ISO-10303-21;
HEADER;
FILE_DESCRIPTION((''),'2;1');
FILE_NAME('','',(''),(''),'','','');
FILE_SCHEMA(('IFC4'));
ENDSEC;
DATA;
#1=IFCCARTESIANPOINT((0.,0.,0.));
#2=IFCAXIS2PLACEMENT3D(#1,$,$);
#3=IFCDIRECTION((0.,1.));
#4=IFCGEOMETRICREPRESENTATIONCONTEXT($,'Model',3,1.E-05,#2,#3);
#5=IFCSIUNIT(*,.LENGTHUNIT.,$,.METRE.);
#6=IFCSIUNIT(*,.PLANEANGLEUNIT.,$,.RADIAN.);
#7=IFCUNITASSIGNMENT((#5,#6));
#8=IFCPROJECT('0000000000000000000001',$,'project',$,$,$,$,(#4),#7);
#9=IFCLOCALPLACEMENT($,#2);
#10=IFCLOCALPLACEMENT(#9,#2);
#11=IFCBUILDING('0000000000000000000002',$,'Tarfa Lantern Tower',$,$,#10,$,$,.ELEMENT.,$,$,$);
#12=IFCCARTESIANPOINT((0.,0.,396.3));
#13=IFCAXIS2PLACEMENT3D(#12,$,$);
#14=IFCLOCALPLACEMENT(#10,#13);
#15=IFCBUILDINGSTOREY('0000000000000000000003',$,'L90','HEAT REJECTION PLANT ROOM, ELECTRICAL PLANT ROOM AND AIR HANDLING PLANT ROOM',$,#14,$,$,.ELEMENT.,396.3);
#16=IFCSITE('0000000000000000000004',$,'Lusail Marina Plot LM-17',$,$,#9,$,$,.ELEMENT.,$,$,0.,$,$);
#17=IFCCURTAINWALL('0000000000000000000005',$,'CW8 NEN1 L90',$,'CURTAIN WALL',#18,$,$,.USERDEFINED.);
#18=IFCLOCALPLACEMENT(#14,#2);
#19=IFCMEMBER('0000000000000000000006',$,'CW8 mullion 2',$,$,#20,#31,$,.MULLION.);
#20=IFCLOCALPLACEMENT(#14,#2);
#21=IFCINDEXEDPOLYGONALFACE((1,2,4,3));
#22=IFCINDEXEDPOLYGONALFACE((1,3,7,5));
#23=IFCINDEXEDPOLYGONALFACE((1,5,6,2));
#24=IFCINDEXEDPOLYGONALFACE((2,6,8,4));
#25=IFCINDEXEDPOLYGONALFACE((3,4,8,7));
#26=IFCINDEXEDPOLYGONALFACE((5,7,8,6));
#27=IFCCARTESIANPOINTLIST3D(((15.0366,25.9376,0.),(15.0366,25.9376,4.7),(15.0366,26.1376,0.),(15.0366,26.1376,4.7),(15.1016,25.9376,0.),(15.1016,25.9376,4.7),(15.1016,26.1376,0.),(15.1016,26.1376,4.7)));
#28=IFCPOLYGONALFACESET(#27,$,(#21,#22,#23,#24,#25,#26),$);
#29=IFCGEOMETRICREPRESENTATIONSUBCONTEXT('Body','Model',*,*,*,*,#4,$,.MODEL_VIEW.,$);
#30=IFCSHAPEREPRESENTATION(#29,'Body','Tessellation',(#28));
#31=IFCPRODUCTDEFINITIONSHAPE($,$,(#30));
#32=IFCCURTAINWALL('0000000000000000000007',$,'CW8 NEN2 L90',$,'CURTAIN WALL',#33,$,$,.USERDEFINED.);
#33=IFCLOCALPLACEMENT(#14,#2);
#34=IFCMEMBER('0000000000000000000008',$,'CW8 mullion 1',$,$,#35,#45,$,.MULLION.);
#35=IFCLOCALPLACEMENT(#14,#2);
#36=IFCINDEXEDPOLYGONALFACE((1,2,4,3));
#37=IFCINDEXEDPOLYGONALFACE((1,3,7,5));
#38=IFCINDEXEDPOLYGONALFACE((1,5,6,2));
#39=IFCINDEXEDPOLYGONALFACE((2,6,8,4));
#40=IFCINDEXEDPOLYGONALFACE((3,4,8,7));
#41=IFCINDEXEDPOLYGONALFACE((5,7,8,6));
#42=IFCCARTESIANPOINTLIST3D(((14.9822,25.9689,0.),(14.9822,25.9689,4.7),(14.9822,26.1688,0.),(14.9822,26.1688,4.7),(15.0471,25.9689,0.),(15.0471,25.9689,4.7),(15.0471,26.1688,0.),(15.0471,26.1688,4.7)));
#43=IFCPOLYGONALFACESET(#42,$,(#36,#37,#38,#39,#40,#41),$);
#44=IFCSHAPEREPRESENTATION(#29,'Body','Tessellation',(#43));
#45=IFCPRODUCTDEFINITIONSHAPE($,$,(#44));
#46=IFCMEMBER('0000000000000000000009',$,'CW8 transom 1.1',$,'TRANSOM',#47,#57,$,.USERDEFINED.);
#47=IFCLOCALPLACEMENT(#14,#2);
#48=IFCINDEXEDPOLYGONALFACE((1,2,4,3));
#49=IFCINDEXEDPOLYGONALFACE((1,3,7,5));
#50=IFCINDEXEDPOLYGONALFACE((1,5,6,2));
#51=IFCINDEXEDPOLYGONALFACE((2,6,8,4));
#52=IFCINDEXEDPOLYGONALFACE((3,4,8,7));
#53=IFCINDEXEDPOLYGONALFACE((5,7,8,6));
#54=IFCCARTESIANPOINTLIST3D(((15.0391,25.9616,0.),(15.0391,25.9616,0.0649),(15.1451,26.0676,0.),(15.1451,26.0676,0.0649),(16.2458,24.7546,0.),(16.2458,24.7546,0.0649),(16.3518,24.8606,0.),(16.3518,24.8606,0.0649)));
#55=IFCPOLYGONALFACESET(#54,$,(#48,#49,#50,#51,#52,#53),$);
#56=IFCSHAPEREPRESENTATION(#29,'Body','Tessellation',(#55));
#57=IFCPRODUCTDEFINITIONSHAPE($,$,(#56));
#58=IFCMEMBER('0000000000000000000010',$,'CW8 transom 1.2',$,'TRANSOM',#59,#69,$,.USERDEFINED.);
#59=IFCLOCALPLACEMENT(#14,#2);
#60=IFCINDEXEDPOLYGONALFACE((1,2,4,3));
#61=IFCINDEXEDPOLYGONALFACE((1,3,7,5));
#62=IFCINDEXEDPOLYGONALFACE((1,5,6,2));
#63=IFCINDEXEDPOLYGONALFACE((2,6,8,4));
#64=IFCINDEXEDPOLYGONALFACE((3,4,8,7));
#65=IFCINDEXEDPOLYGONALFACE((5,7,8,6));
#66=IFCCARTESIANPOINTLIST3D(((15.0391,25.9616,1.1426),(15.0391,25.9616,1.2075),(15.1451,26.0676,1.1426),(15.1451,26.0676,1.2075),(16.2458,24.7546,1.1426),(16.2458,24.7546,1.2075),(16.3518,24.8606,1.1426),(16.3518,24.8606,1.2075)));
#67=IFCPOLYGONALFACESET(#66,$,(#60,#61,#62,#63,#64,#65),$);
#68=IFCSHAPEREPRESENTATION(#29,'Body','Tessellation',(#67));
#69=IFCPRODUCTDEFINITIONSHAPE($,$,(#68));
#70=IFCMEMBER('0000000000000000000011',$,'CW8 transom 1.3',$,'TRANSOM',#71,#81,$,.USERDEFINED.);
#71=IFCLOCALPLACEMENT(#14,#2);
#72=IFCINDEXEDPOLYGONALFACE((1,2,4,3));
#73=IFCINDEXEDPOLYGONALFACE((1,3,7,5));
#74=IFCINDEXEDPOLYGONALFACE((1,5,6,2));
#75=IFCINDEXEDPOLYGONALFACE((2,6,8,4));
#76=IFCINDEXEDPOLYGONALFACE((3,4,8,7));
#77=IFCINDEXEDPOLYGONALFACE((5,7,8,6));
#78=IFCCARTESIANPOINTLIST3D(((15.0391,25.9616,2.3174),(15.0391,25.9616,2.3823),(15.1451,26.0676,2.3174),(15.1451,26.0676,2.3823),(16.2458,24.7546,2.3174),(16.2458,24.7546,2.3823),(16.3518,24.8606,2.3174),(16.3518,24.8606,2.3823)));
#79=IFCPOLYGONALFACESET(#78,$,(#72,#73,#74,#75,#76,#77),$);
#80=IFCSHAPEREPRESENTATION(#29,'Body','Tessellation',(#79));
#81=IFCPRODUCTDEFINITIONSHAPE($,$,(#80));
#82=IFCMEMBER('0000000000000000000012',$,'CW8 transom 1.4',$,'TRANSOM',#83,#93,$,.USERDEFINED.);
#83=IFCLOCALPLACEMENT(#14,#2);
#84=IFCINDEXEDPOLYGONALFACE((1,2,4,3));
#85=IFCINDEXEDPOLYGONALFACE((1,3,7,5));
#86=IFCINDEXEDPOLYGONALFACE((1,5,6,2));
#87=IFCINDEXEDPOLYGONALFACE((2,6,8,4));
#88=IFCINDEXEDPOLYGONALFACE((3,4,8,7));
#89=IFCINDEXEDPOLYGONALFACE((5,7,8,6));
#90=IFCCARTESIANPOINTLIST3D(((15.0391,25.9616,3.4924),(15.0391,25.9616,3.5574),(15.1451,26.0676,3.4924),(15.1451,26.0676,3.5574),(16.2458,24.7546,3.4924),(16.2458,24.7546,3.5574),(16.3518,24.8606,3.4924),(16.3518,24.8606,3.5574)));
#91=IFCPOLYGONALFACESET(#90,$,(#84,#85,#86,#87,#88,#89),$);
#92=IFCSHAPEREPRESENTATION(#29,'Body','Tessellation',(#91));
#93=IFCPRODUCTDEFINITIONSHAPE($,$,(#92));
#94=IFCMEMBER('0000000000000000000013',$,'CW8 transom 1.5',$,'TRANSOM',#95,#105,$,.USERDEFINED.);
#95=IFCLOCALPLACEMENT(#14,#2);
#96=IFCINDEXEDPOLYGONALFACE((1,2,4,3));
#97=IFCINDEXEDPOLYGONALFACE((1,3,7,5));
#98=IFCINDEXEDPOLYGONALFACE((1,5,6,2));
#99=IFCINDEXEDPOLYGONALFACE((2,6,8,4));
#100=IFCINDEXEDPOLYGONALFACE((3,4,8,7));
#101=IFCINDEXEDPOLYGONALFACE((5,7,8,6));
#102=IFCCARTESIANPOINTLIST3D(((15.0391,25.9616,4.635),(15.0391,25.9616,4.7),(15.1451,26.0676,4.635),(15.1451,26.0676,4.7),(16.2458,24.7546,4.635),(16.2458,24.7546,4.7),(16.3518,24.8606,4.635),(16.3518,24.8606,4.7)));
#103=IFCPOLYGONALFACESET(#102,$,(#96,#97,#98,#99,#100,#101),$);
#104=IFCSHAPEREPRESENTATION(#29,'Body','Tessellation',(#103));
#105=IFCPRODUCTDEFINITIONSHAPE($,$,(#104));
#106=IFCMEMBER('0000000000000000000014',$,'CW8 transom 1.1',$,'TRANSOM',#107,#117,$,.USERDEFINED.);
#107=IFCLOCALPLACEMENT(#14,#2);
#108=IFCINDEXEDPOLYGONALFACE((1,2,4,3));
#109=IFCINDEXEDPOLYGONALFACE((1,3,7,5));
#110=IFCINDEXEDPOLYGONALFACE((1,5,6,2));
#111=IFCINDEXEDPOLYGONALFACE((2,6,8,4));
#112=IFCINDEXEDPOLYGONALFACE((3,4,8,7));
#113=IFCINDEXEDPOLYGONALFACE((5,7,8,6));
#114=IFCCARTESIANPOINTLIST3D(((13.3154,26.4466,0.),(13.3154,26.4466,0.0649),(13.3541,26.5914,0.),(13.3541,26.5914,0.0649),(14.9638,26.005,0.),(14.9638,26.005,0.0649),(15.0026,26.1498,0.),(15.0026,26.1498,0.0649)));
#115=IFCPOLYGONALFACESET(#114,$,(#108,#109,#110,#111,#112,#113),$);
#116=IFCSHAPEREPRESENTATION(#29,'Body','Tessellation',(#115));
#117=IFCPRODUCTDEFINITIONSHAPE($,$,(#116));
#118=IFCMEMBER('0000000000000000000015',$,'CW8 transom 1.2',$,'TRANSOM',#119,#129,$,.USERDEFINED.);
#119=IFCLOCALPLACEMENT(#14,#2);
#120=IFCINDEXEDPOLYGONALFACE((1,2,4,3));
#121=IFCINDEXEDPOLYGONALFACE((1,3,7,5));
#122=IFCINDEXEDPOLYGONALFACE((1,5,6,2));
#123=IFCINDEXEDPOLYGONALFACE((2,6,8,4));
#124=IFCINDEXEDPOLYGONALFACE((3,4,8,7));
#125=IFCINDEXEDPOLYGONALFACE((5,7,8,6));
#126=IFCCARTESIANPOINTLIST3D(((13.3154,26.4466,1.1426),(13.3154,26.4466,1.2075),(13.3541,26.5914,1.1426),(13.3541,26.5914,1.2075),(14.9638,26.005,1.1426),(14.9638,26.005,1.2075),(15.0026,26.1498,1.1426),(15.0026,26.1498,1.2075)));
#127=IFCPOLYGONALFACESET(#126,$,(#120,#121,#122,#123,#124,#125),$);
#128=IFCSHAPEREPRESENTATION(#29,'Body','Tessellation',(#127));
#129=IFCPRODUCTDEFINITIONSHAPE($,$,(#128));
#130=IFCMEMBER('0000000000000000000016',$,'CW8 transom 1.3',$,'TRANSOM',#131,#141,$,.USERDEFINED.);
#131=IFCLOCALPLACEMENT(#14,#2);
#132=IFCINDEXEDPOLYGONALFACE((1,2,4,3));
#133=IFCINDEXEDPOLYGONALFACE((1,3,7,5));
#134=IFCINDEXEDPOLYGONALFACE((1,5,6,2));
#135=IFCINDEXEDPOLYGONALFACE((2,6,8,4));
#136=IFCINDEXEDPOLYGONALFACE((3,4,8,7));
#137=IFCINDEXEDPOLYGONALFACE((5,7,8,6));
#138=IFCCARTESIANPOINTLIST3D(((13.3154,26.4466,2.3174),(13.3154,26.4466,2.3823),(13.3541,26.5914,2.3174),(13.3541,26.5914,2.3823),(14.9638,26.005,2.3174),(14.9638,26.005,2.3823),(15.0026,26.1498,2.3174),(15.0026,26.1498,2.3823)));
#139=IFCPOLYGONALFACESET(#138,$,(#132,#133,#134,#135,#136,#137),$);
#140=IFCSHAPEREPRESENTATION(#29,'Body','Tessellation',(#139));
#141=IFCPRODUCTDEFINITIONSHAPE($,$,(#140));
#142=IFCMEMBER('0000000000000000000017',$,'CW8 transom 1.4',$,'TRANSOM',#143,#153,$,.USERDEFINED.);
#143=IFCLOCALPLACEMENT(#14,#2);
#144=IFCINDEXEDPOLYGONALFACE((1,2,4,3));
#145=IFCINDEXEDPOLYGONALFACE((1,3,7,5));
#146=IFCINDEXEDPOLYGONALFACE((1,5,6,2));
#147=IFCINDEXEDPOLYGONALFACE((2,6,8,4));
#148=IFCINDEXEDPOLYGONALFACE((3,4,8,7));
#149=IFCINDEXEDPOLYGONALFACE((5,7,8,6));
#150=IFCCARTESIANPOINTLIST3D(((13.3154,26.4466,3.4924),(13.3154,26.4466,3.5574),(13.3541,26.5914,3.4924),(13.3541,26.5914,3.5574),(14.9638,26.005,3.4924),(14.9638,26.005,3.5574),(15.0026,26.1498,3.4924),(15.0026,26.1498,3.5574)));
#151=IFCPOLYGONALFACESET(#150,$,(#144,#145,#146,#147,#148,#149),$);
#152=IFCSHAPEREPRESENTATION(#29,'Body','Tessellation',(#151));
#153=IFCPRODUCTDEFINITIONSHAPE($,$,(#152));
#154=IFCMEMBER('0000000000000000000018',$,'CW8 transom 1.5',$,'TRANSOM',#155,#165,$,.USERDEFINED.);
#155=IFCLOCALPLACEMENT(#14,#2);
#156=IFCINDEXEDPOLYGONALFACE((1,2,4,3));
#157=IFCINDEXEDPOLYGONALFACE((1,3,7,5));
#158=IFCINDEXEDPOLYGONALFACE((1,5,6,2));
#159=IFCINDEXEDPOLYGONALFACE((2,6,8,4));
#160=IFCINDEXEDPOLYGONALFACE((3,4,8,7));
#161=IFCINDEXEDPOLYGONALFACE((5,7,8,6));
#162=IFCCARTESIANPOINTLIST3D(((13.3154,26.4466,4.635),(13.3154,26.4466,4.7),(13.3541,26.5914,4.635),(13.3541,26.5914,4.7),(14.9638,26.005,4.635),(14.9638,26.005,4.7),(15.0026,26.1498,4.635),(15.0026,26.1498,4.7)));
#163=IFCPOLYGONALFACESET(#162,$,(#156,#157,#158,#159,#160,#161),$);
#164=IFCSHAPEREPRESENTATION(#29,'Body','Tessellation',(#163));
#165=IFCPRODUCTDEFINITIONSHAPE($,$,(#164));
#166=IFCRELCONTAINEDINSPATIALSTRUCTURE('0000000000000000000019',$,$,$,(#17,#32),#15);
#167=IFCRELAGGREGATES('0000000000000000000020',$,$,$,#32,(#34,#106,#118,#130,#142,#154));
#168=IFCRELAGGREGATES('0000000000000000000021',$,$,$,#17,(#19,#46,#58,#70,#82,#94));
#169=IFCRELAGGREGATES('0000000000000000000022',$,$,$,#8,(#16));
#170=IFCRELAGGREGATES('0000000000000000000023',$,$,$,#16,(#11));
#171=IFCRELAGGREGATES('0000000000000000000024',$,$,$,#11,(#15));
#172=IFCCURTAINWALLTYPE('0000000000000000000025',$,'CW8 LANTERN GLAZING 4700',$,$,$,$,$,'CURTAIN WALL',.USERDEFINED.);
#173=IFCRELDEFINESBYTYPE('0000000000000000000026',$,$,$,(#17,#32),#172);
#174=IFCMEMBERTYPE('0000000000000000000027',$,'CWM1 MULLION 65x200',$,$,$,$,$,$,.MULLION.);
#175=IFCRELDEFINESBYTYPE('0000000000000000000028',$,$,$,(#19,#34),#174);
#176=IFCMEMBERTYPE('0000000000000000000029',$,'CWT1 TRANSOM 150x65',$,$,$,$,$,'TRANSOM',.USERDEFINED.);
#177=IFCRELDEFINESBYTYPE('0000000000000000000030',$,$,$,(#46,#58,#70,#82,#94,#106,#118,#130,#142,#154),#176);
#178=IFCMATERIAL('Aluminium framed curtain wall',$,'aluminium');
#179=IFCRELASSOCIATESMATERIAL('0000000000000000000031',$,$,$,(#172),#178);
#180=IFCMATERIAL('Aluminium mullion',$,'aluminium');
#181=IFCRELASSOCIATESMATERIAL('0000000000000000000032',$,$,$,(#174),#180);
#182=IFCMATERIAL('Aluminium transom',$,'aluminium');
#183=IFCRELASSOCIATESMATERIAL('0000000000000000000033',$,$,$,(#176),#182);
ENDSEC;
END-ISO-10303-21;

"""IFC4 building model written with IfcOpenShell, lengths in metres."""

from ifc_helpers import new_model, si_unit, direction, frame, origin, origin_2d, place, context, subcontext, project, spatial, rectangle, extrude, material, material_profile, profile_set, type_object, element, aggregate, save


model = new_model("IFC4")

# Units and contexts
model_context = context("Model", 3, precision=1e-05, world=origin(), true_north=direction((0.0, 1.0)))
body_context = subcontext(model_context, "Body", "Model", "MODEL_VIEW")
ifc_project = project(units=[si_unit("LENGTHUNIT", "METRE"), si_unit("PLANEANGLEUNIT", "RADIAN")], contexts=[model_context])

# Site, building, storey
site_placement = place(None, origin())
site = spatial("IfcSite", under=ifc_project, at=site_placement, Name="Lusail Marina Plot LM-17", CompositionType="ELEMENT", RefElevation=0.0)
building_placement = place(site_placement, origin())
building = spatial("IfcBuilding", under=site, at=building_placement, Name="Tarfa Lantern Tower", CompositionType="ELEMENT")
storey_placement = place(building_placement, frame((0.0, 0.0, 396.3)))
storey = spatial("IfcBuildingStorey", under=building, at=storey_placement, Name="L90", Description="HEAT REJECTION PLANT ROOM, ELECTRICAL PLANT ROOM AND AIR HANDLING PLANT ROOM", CompositionType="ELEMENT", Elevation=396.3)

# Curtain walls, members
ifc_material_1 = material(Name="Aluminium framed curtain wall", Category="aluminium")
curtain_wall_type = type_object("IfcCurtainWallType", Name="CW8 LANTERN GLAZING 4700", ElementType="CURTAIN WALL", PredefinedType="USERDEFINED", material=ifc_material_1)
curtain_wall_1_placement = place(storey_placement, origin())
curtain_wall_1 = element("IfcCurtainWall", 1, at=curtain_wall_1_placement, inside=storey, type_object=curtain_wall_type, Name="CW8 NEN1 L90", ObjectType="CURTAIN WALL", PredefinedType="USERDEFINED")
ifc_material_2 = material(Name="Aluminium mullion", Category="aluminium")
ifc_material_profile_1 = material_profile(ifc_material_2, rectangle(XDim=0.0649, YDim=0.2, at=origin_2d()), Name="AL MULLION 65x200")
ifc_profile_set_1 = profile_set([ifc_material_profile_1], Name="Aluminium mullion")
member_type_1 = type_object("IfcMemberType", Name="CWM1 MULLION 65x200", PredefinedType="MULLION", material=ifc_profile_set_1)
member_1_placement = place(storey_placement, frame((15.0691, 26.0376, 0.0), z_axis=(0.0, 0.0, 1.0), x_axis=(1.0, 0.0, 0.0)))
member_1 = element("IfcMember", 2, at=member_1_placement, type_object=member_type_1, Name="CW8 mullion 2", PredefinedType="MULLION", context=body_context, shape_type="SweptSolid", body=[
    extrude(rectangle(XDim=0.0649, YDim=0.2, at=origin_2d()), origin(), (0.0, 0.0, 1.0), 4.7),
])
curtain_wall_2_placement = place(storey_placement, origin())
curtain_wall_2 = element("IfcCurtainWall", 3, at=curtain_wall_2_placement, inside=storey, type_object=curtain_wall_type, Name="CW8 NEN2 L90", ObjectType="CURTAIN WALL", PredefinedType="USERDEFINED")
member_2_placement = place(storey_placement, frame((15.0146, 26.0688, 0.0), z_axis=(0.0, 0.0, 1.0), x_axis=(1.0, 0.0, 0.0)))
member_2 = element("IfcMember", 4, at=member_2_placement, type_object=member_type_1, Name="CW8 mullion 1", PredefinedType="MULLION", context=body_context, shape_type="SweptSolid", body=[
    extrude(rectangle(XDim=0.0649, YDim=0.2, at=origin_2d()), origin(), (0.0, 0.0, 1.0), 4.7),
])

# Members
ifc_material_3 = material(Name="Aluminium transom", Category="aluminium")
ifc_material_profile_2 = material_profile(ifc_material_3, rectangle(XDim=0.1499, YDim=0.0649, at=origin_2d()), Name="AL TRANSOM 150x65")
ifc_profile_set_2 = profile_set([ifc_material_profile_2], Name="Aluminium transom")
member_type_2 = type_object("IfcMemberType", Name="CWT1 TRANSOM 150x65", ElementType="TRANSOM", PredefinedType="USERDEFINED", material=ifc_profile_set_2)
member_3_placement = place(storey_placement, frame((16.2988, 24.8076, 0.0325), z_axis=(-0.707035, 0.707178, 0.0), x_axis=(-0.707178, -0.707035, 0.0)))
member_3 = element("IfcMember", 5, at=member_3_placement, type_object=member_type_2, Name="CW8 transom 1.1", ObjectType="TRANSOM", PredefinedType="USERDEFINED", context=body_context, shape_type="SweptSolid", body=[
    extrude(rectangle(XDim=0.1499, YDim=0.0649, at=origin_2d()), origin(), (0.0, 0.0, 1.0), 1.7068),
])
member_4_placement = place(storey_placement, frame((16.2988, 24.8076, 1.175), z_axis=(-0.707035, 0.707178, 0.0), x_axis=(-0.707178, -0.707035, 0.0)))
member_4 = element("IfcMember", 6, at=member_4_placement, type_object=member_type_2, Name="CW8 transom 1.2", ObjectType="TRANSOM", PredefinedType="USERDEFINED", context=body_context, shape_type="SweptSolid", body=[
    extrude(rectangle(XDim=0.1499, YDim=0.0649, at=origin_2d()), origin(), (0.0, 0.0, 1.0), 1.7068),
])
member_5_placement = place(storey_placement, frame((16.2988, 24.8076, 2.3499), z_axis=(-0.707035, 0.707178, 0.0), x_axis=(-0.707178, -0.707035, 0.0)))
member_5 = element("IfcMember", 7, at=member_5_placement, type_object=member_type_2, Name="CW8 transom 1.3", ObjectType="TRANSOM", PredefinedType="USERDEFINED", context=body_context, shape_type="SweptSolid", body=[
    extrude(rectangle(XDim=0.1499, YDim=0.0649, at=origin_2d()), origin(), (0.0, 0.0, 1.0), 1.7068),
])
member_6_placement = place(storey_placement, frame((16.2988, 24.8076, 3.5249), z_axis=(-0.707035, 0.707178, 0.0), x_axis=(-0.707178, -0.707035, 0.0)))
member_6 = element("IfcMember", 8, at=member_6_placement, type_object=member_type_2, Name="CW8 transom 1.4", ObjectType="TRANSOM", PredefinedType="USERDEFINED", context=body_context, shape_type="SweptSolid", body=[
    extrude(rectangle(XDim=0.1499, YDim=0.0649, at=origin_2d()), origin(), (0.0, 0.0, 1.0), 1.7068),
])
member_7_placement = place(storey_placement, frame((16.2988, 24.8076, 4.6675), z_axis=(-0.707035, 0.707178, 0.0), x_axis=(-0.707178, -0.707035, 0.0)))
member_7 = element("IfcMember", 9, at=member_7_placement, type_object=member_type_2, Name="CW8 transom 1.5", ObjectType="TRANSOM", PredefinedType="USERDEFINED", context=body_context, shape_type="SweptSolid", body=[
    extrude(rectangle(XDim=0.1499, YDim=0.0649, at=origin_2d()), origin(), (0.0, 0.0, 1.0), 1.7068),
])
member_8_placement = place(storey_placement, frame((14.9832, 26.0774, 0.0325), z_axis=(-0.965933, 0.258793, 0.0), x_axis=(-0.258793, -0.965933, 0.0)))
member_8 = element("IfcMember", 10, at=member_8_placement, type_object=member_type_2, Name="CW8 transom 1.1", ObjectType="TRANSOM", PredefinedType="USERDEFINED", context=body_context, shape_type="SweptSolid", body=[
    extrude(rectangle(XDim=0.1499, YDim=0.0649, at=origin_2d()), origin(), (0.0, 0.0, 1.0), 1.7065),
])
member_9_placement = place(storey_placement, frame((14.9832, 26.0774, 1.175), z_axis=(-0.965933, 0.258793, 0.0), x_axis=(-0.258793, -0.965933, 0.0)))
member_9 = element("IfcMember", 11, at=member_9_placement, type_object=member_type_2, Name="CW8 transom 1.2", ObjectType="TRANSOM", PredefinedType="USERDEFINED", context=body_context, shape_type="SweptSolid", body=[
    extrude(rectangle(XDim=0.1499, YDim=0.0649, at=origin_2d()), origin(), (0.0, 0.0, 1.0), 1.7065),
])
member_10_placement = place(storey_placement, frame((14.9832, 26.0774, 2.3499), z_axis=(-0.965933, 0.258793, 0.0), x_axis=(-0.258793, -0.965933, 0.0)))
member_10 = element("IfcMember", 12, at=member_10_placement, type_object=member_type_2, Name="CW8 transom 1.3", ObjectType="TRANSOM", PredefinedType="USERDEFINED", context=body_context, shape_type="SweptSolid", body=[
    extrude(rectangle(XDim=0.1499, YDim=0.0649, at=origin_2d()), origin(), (0.0, 0.0, 1.0), 1.7065),
])
member_11_placement = place(storey_placement, frame((14.9832, 26.0774, 3.5249), z_axis=(-0.965933, 0.258793, 0.0), x_axis=(-0.258793, -0.965933, 0.0)))
member_11 = element("IfcMember", 13, at=member_11_placement, type_object=member_type_2, Name="CW8 transom 1.4", ObjectType="TRANSOM", PredefinedType="USERDEFINED", context=body_context, shape_type="SweptSolid", body=[
    extrude(rectangle(XDim=0.1499, YDim=0.0649, at=origin_2d()), origin(), (0.0, 0.0, 1.0), 1.7065),
])
member_12_placement = place(storey_placement, frame((14.9832, 26.0774, 4.6675), z_axis=(-0.965933, 0.258793, 0.0), x_axis=(-0.258793, -0.965933, 0.0)))
member_12 = element("IfcMember", 14, at=member_12_placement, type_object=member_type_2, Name="CW8 transom 1.5", ObjectType="TRANSOM", PredefinedType="USERDEFINED", context=body_context, shape_type="SweptSolid", body=[
    extrude(rectangle(XDim=0.1499, YDim=0.0649, at=origin_2d()), origin(), (0.0, 0.0, 1.0), 1.7065),
])
aggregate(curtain_wall_2, [member_2, member_8, member_9, member_10, member_11, member_12])

aggregate(curtain_wall_1, [member_1, member_3, member_4, member_5, member_6, member_7])

save(model, "model.ifc")
